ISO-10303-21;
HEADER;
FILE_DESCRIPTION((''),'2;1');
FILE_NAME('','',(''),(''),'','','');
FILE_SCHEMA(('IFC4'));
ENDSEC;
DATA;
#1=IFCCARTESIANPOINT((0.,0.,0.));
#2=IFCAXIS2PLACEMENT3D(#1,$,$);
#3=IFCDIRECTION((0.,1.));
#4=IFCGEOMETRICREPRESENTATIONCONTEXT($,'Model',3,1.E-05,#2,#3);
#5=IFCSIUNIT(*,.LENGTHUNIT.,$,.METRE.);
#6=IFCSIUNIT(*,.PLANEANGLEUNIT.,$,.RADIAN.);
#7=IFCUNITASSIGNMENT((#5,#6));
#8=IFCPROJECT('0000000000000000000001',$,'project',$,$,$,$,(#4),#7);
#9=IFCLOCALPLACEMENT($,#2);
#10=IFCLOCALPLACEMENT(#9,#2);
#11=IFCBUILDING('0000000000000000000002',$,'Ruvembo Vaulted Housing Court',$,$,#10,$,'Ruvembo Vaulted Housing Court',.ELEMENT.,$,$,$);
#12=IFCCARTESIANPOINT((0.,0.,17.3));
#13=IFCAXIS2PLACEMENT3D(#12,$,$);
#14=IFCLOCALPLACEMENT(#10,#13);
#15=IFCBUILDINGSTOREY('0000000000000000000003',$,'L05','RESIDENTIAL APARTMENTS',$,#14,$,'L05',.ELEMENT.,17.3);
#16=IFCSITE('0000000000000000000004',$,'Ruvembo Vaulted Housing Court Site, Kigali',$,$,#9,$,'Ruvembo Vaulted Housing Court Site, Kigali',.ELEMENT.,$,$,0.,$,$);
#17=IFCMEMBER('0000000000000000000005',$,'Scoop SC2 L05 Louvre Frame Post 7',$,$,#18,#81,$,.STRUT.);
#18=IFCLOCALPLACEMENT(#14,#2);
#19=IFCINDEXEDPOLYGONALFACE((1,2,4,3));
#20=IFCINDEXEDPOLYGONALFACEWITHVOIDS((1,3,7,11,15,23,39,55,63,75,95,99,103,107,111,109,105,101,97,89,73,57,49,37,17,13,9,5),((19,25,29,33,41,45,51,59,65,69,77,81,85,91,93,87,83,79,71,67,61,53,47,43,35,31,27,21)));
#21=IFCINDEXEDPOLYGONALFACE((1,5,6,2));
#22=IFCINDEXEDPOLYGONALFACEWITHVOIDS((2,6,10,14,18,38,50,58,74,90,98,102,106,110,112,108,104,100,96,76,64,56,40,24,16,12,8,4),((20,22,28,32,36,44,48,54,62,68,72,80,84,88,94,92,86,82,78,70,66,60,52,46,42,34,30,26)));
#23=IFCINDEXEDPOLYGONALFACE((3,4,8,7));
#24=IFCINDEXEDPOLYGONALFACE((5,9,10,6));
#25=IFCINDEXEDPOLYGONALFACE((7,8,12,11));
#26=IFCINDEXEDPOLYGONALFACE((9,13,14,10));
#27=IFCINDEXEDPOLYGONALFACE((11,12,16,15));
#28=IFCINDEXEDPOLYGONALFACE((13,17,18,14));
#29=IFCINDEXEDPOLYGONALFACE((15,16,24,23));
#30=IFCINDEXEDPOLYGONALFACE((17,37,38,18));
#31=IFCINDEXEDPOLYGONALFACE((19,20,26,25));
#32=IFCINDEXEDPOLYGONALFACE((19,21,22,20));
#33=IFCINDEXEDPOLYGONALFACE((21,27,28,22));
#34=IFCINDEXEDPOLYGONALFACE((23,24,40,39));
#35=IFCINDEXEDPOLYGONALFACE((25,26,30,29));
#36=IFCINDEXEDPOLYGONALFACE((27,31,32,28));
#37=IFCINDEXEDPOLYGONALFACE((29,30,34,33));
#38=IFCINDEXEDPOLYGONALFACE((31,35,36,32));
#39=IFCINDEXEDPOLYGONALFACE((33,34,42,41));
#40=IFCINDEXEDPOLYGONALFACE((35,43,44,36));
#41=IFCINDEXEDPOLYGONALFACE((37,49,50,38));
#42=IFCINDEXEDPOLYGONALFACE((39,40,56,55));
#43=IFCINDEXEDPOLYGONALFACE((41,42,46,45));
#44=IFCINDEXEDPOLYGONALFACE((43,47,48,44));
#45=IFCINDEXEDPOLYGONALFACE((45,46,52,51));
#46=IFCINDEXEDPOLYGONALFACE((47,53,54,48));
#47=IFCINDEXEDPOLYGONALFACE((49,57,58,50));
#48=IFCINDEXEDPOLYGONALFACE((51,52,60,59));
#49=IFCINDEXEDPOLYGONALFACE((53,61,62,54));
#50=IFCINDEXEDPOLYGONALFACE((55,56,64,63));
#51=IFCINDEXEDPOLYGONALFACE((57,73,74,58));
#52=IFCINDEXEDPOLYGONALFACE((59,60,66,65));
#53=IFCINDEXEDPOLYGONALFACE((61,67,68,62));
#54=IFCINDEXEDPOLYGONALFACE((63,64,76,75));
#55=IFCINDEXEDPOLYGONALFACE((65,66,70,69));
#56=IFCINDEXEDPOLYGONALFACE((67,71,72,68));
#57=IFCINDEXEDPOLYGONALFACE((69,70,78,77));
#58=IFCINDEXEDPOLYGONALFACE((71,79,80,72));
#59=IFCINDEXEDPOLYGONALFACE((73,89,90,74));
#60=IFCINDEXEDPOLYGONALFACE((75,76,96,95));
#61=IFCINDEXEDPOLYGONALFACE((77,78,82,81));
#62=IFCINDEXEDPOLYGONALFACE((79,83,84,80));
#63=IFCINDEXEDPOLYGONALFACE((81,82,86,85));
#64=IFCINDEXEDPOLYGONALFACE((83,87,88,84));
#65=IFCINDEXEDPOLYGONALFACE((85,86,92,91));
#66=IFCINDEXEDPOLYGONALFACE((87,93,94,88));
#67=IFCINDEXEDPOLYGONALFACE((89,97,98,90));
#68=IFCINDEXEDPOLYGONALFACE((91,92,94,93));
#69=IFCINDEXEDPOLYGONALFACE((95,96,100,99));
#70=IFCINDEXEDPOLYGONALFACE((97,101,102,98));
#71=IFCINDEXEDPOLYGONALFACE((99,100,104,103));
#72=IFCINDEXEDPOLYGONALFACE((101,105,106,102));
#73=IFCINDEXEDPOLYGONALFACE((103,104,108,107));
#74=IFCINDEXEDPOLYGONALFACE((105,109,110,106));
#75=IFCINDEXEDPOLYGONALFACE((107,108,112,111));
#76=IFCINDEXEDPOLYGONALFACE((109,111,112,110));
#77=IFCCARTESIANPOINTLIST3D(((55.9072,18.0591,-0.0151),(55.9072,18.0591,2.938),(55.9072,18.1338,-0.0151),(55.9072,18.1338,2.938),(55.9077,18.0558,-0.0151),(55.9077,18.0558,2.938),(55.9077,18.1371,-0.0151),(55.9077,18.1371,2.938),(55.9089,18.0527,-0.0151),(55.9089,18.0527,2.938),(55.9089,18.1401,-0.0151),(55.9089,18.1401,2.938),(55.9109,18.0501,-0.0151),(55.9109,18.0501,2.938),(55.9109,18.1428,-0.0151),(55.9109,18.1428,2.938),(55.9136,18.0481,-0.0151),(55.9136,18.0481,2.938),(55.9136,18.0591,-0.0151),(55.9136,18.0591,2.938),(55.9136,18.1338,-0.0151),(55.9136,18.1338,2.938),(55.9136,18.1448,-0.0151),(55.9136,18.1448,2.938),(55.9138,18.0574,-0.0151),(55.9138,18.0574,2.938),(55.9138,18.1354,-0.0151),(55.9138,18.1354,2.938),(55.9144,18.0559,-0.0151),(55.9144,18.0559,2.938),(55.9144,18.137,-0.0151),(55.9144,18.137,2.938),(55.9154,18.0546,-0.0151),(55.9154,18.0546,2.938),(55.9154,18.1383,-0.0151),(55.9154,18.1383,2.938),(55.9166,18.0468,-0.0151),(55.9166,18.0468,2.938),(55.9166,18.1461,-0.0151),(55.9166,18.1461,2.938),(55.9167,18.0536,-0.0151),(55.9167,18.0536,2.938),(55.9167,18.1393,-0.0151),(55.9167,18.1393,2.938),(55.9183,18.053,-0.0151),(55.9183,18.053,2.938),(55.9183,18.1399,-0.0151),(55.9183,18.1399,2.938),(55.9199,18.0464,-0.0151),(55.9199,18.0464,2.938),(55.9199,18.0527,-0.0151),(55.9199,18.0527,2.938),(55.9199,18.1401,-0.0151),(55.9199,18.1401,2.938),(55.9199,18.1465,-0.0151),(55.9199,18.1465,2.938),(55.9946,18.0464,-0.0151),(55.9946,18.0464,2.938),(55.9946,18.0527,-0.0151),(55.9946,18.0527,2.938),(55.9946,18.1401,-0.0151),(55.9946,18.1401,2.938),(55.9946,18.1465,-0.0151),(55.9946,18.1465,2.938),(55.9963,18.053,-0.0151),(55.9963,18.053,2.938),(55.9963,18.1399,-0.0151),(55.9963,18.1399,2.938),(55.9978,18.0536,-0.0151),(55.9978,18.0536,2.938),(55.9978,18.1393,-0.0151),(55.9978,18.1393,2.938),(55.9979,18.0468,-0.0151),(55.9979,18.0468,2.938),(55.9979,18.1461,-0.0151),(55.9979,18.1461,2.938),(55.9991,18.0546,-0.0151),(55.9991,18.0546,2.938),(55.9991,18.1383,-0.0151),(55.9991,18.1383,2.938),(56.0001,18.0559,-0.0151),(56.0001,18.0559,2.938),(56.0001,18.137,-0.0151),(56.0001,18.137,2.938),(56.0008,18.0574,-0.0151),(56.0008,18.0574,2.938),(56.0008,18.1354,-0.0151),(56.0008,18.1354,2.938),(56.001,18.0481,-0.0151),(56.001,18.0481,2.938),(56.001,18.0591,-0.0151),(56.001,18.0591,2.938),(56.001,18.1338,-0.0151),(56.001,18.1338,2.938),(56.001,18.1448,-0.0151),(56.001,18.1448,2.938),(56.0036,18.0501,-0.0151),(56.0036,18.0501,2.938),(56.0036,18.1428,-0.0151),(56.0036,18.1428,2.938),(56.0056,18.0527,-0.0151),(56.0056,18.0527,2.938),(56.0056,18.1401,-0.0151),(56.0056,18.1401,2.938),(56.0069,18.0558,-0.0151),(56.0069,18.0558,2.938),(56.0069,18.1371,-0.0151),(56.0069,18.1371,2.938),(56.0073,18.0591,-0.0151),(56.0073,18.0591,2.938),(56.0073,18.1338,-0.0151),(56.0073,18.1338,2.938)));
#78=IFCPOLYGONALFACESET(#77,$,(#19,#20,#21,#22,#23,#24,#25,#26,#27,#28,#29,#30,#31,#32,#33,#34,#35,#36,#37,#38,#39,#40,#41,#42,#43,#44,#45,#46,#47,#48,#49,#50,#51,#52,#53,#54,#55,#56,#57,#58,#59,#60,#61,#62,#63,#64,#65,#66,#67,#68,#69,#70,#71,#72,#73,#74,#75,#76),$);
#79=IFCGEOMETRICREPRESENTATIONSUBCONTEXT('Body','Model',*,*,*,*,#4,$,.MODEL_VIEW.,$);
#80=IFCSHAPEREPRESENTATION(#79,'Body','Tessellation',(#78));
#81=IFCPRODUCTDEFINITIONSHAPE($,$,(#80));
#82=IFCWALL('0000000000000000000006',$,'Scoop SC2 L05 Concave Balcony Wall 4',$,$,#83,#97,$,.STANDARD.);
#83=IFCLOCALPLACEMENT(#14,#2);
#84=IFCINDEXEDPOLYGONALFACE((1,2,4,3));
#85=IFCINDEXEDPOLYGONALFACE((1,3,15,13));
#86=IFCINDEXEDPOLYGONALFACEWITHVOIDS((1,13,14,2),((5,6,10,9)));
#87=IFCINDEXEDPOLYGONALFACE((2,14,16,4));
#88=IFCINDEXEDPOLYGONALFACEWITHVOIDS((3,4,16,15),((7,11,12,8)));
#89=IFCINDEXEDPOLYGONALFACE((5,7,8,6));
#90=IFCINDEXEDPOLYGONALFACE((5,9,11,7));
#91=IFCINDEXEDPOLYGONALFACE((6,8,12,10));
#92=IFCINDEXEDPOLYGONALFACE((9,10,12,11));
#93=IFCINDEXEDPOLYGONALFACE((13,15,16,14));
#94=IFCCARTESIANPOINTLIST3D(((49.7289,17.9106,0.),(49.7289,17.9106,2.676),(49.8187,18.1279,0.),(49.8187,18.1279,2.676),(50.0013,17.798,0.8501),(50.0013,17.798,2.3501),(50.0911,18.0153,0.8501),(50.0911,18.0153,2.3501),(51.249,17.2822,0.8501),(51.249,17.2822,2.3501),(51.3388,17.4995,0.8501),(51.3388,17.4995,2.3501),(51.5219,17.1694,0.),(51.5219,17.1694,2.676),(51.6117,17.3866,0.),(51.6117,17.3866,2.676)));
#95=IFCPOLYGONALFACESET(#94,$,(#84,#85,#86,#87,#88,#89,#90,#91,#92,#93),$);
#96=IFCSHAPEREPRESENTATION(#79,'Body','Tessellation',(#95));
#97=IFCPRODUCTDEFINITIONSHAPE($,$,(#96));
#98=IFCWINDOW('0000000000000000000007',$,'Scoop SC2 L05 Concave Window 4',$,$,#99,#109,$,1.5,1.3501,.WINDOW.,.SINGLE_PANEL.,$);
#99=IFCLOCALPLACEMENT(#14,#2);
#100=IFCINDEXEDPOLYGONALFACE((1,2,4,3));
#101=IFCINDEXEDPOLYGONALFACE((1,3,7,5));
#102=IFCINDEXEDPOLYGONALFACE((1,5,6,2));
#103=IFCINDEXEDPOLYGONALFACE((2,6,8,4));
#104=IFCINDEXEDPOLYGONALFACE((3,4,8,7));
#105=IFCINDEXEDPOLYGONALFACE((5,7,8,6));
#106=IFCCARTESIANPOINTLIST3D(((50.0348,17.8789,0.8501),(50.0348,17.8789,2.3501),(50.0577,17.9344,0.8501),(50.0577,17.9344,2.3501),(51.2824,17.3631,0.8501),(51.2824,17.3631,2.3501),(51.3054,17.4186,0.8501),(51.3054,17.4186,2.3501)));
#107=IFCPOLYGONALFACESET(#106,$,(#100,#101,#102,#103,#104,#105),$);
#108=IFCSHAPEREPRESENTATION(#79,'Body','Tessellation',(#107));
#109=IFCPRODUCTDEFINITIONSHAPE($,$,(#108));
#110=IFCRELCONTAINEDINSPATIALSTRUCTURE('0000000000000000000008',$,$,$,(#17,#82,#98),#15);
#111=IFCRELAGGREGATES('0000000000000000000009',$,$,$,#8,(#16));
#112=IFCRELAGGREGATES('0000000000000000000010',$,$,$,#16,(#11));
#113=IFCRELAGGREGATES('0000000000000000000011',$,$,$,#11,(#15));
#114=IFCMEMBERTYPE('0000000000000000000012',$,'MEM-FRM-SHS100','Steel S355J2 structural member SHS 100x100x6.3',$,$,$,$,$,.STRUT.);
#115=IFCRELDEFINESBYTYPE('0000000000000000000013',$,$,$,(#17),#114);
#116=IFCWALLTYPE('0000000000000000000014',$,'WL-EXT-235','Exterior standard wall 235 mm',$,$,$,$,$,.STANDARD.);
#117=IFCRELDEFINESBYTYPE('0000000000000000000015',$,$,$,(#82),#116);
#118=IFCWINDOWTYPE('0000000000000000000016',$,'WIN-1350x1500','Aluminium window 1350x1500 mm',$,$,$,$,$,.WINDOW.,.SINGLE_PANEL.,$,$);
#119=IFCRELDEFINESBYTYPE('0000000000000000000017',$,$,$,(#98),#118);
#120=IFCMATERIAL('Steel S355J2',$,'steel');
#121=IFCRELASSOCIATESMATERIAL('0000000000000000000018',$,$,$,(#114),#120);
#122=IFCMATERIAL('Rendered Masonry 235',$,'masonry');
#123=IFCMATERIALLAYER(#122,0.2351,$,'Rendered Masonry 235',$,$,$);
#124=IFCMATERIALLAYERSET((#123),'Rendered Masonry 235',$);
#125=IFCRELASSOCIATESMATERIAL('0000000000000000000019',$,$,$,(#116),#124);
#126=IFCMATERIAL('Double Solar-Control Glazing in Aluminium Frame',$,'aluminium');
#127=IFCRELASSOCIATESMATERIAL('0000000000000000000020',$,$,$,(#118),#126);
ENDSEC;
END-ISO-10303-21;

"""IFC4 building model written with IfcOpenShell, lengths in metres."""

from ifc_helpers import new_model, si_unit, direction, frame, frame_2d, origin, origin_2d, place, context, subcontext, project, spatial, rectangle, hollow_rectangle, extrude, material, layer, layer_set, material_profile, profile_set, type_object, element, fill, save


model = new_model("IFC4")

# Units and contexts
model_context = context("Model", 3, precision=1e-05, world=origin(), true_north=direction((0.0, 1.0)))
body_context = subcontext(model_context, "Body", "Model", "MODEL_VIEW")
ifc_project = project(units=[si_unit("LENGTHUNIT", "METRE"), si_unit("PLANEANGLEUNIT", "RADIAN")], contexts=[model_context])

# Site, building, storey
site_placement = place(None, origin())
site = spatial("IfcSite", under=ifc_project, at=site_placement, Name="Ruvembo Vaulted Housing Court Site, Kigali", LongName="Ruvembo Vaulted Housing Court Site, Kigali", CompositionType="ELEMENT", RefElevation=0.0)
building_placement = place(site_placement, origin())
building = spatial("IfcBuilding", under=site, at=building_placement, Name="Ruvembo Vaulted Housing Court", LongName="Ruvembo Vaulted Housing Court", CompositionType="ELEMENT")
storey_placement = place(building_placement, frame((0.0, 0.0, 17.3)))
storey = spatial("IfcBuildingStorey", under=building, at=storey_placement, Name="L05", Description="RESIDENTIAL APARTMENTS", LongName="L05", CompositionType="ELEMENT", Elevation=17.3)

# Shared definitions
ifc_material_1 = material(Name="Steel S355J2", Category="steel")

# Member
ifc_material_profile_1 = material_profile(ifc_material_1, hollow_rectangle(XDim=0.1001, YDim=0.1001, WallThickness=0.0063, InnerFilletRadius=0.0063, OuterFilletRadius=0.0127, at=origin_2d()), Name="SHS 100x100x6.3")
ifc_profile_set_1 = profile_set([ifc_material_profile_1], Name="Steel S355J2")
member_type_1 = type_object("IfcMemberType", Name="MEM-FRM-SHS100", Description="Steel S355J2 structural member SHS 100x100x6.3", PredefinedType="STRUT", material=ifc_profile_set_1)
for number, where, z_axis, x_axis, name in (
    (1, (55.9573, 18.0964, -0.0151), (0.0, 0.0, 1.0), (1.0, 0.0, 0.0), "Scoop SC2 L05 Louvre Frame Post 7"),
):
    element("IfcMember", number, at=place(storey_placement, frame(where, z_axis=z_axis, x_axis=x_axis)), inside=storey, type_object=member_type_1, Name=name, PredefinedType="STRUT", context=body_context, shape_type="SweptSolid", body=[
        extrude(hollow_rectangle(XDim=0.1001, YDim=0.1001, WallThickness=0.0063, InnerFilletRadius=0.0063, OuterFilletRadius=0.0127, at=origin_2d()), origin(), (0.0, 0.0, 1.0), 2.9531),
    ])

# Wall, opening, window
ifc_material_2 = material(Name="Rendered Masonry 235", Category="masonry")
ifc_layer_1 = layer(ifc_material_2, 0.2351, Name="Rendered Masonry 235")
ifc_layer_set_1 = layer_set([ifc_layer_1], Name="Rendered Masonry 235")
wall_type = type_object("IfcWallType", Name="WL-EXT-235", Description="Exterior standard wall 235 mm", PredefinedType="STANDARD", material=ifc_layer_set_1)
wall_placement = place(storey_placement, frame((49.7737, 18.0193, 0.0), z_axis=(0.0, 0.0, 1.0), x_axis=(0.924146, -0.382041, 0.0)))
wall = element("IfcWall", 2, at=wall_placement, inside=storey, type_object=wall_type, Name="Scoop SC2 L05 Concave Balcony Wall 4", PredefinedType="STANDARD", context=body_context, shape_type="SweptSolid", body=[
    extrude(rectangle(XDim=1.9402, YDim=0.2351, at=frame_2d((0.9702, 0.0))), origin(), (0.0, 0.0, 1.0), 2.676),
])
opening_placement = place(wall_placement, frame((0.2949, 0.0, 0.8501)))
opening = element("IfcOpeningElement", 3, at=opening_placement, cuts=wall, PredefinedType="OPENING", context=body_context, shape_type="SweptSolid", body=[
    extrude(rectangle(XDim=1.3501, YDim=1.5, at=frame_2d((0.675, 0.75))), frame((0.0, 0.1274, 0.0), z_axis=(0.0, -1.0, 0.0), x_axis=(1.0, 0.0, 0.0)), (0.0, 0.0, 1.0), 0.2551),
])
ifc_material_3 = material(Name="Double Solar-Control Glazing in Aluminium Frame", Category="aluminium")
window_type = type_object("IfcWindowType", Name="WIN-1350x1500", Description="Aluminium window 1350x1500 mm", PartitioningType="SINGLE_PANEL", PredefinedType="WINDOW", material=ifc_material_3)
window_placement = place(opening_placement, origin())
window = element("IfcWindow", 4, at=window_placement, inside=storey, type_object=window_type, Name="Scoop SC2 L05 Concave Window 4", OverallHeight=1.5, OverallWidth=1.3501, PartitioningType="SINGLE_PANEL", PredefinedType="WINDOW", context=body_context, shape_type="SweptSolid", body=[
    extrude(rectangle(XDim=1.3501, YDim=1.5, at=frame_2d((0.675, 0.75))), frame((0.0, 0.03, 0.0), z_axis=(0.0, -1.0, 0.0), x_axis=(1.0, 0.0, 0.0)), (0.0, 0.0, 1.0), 0.0601),
])
fill(opening, window)

save(model, "model.ifc")
